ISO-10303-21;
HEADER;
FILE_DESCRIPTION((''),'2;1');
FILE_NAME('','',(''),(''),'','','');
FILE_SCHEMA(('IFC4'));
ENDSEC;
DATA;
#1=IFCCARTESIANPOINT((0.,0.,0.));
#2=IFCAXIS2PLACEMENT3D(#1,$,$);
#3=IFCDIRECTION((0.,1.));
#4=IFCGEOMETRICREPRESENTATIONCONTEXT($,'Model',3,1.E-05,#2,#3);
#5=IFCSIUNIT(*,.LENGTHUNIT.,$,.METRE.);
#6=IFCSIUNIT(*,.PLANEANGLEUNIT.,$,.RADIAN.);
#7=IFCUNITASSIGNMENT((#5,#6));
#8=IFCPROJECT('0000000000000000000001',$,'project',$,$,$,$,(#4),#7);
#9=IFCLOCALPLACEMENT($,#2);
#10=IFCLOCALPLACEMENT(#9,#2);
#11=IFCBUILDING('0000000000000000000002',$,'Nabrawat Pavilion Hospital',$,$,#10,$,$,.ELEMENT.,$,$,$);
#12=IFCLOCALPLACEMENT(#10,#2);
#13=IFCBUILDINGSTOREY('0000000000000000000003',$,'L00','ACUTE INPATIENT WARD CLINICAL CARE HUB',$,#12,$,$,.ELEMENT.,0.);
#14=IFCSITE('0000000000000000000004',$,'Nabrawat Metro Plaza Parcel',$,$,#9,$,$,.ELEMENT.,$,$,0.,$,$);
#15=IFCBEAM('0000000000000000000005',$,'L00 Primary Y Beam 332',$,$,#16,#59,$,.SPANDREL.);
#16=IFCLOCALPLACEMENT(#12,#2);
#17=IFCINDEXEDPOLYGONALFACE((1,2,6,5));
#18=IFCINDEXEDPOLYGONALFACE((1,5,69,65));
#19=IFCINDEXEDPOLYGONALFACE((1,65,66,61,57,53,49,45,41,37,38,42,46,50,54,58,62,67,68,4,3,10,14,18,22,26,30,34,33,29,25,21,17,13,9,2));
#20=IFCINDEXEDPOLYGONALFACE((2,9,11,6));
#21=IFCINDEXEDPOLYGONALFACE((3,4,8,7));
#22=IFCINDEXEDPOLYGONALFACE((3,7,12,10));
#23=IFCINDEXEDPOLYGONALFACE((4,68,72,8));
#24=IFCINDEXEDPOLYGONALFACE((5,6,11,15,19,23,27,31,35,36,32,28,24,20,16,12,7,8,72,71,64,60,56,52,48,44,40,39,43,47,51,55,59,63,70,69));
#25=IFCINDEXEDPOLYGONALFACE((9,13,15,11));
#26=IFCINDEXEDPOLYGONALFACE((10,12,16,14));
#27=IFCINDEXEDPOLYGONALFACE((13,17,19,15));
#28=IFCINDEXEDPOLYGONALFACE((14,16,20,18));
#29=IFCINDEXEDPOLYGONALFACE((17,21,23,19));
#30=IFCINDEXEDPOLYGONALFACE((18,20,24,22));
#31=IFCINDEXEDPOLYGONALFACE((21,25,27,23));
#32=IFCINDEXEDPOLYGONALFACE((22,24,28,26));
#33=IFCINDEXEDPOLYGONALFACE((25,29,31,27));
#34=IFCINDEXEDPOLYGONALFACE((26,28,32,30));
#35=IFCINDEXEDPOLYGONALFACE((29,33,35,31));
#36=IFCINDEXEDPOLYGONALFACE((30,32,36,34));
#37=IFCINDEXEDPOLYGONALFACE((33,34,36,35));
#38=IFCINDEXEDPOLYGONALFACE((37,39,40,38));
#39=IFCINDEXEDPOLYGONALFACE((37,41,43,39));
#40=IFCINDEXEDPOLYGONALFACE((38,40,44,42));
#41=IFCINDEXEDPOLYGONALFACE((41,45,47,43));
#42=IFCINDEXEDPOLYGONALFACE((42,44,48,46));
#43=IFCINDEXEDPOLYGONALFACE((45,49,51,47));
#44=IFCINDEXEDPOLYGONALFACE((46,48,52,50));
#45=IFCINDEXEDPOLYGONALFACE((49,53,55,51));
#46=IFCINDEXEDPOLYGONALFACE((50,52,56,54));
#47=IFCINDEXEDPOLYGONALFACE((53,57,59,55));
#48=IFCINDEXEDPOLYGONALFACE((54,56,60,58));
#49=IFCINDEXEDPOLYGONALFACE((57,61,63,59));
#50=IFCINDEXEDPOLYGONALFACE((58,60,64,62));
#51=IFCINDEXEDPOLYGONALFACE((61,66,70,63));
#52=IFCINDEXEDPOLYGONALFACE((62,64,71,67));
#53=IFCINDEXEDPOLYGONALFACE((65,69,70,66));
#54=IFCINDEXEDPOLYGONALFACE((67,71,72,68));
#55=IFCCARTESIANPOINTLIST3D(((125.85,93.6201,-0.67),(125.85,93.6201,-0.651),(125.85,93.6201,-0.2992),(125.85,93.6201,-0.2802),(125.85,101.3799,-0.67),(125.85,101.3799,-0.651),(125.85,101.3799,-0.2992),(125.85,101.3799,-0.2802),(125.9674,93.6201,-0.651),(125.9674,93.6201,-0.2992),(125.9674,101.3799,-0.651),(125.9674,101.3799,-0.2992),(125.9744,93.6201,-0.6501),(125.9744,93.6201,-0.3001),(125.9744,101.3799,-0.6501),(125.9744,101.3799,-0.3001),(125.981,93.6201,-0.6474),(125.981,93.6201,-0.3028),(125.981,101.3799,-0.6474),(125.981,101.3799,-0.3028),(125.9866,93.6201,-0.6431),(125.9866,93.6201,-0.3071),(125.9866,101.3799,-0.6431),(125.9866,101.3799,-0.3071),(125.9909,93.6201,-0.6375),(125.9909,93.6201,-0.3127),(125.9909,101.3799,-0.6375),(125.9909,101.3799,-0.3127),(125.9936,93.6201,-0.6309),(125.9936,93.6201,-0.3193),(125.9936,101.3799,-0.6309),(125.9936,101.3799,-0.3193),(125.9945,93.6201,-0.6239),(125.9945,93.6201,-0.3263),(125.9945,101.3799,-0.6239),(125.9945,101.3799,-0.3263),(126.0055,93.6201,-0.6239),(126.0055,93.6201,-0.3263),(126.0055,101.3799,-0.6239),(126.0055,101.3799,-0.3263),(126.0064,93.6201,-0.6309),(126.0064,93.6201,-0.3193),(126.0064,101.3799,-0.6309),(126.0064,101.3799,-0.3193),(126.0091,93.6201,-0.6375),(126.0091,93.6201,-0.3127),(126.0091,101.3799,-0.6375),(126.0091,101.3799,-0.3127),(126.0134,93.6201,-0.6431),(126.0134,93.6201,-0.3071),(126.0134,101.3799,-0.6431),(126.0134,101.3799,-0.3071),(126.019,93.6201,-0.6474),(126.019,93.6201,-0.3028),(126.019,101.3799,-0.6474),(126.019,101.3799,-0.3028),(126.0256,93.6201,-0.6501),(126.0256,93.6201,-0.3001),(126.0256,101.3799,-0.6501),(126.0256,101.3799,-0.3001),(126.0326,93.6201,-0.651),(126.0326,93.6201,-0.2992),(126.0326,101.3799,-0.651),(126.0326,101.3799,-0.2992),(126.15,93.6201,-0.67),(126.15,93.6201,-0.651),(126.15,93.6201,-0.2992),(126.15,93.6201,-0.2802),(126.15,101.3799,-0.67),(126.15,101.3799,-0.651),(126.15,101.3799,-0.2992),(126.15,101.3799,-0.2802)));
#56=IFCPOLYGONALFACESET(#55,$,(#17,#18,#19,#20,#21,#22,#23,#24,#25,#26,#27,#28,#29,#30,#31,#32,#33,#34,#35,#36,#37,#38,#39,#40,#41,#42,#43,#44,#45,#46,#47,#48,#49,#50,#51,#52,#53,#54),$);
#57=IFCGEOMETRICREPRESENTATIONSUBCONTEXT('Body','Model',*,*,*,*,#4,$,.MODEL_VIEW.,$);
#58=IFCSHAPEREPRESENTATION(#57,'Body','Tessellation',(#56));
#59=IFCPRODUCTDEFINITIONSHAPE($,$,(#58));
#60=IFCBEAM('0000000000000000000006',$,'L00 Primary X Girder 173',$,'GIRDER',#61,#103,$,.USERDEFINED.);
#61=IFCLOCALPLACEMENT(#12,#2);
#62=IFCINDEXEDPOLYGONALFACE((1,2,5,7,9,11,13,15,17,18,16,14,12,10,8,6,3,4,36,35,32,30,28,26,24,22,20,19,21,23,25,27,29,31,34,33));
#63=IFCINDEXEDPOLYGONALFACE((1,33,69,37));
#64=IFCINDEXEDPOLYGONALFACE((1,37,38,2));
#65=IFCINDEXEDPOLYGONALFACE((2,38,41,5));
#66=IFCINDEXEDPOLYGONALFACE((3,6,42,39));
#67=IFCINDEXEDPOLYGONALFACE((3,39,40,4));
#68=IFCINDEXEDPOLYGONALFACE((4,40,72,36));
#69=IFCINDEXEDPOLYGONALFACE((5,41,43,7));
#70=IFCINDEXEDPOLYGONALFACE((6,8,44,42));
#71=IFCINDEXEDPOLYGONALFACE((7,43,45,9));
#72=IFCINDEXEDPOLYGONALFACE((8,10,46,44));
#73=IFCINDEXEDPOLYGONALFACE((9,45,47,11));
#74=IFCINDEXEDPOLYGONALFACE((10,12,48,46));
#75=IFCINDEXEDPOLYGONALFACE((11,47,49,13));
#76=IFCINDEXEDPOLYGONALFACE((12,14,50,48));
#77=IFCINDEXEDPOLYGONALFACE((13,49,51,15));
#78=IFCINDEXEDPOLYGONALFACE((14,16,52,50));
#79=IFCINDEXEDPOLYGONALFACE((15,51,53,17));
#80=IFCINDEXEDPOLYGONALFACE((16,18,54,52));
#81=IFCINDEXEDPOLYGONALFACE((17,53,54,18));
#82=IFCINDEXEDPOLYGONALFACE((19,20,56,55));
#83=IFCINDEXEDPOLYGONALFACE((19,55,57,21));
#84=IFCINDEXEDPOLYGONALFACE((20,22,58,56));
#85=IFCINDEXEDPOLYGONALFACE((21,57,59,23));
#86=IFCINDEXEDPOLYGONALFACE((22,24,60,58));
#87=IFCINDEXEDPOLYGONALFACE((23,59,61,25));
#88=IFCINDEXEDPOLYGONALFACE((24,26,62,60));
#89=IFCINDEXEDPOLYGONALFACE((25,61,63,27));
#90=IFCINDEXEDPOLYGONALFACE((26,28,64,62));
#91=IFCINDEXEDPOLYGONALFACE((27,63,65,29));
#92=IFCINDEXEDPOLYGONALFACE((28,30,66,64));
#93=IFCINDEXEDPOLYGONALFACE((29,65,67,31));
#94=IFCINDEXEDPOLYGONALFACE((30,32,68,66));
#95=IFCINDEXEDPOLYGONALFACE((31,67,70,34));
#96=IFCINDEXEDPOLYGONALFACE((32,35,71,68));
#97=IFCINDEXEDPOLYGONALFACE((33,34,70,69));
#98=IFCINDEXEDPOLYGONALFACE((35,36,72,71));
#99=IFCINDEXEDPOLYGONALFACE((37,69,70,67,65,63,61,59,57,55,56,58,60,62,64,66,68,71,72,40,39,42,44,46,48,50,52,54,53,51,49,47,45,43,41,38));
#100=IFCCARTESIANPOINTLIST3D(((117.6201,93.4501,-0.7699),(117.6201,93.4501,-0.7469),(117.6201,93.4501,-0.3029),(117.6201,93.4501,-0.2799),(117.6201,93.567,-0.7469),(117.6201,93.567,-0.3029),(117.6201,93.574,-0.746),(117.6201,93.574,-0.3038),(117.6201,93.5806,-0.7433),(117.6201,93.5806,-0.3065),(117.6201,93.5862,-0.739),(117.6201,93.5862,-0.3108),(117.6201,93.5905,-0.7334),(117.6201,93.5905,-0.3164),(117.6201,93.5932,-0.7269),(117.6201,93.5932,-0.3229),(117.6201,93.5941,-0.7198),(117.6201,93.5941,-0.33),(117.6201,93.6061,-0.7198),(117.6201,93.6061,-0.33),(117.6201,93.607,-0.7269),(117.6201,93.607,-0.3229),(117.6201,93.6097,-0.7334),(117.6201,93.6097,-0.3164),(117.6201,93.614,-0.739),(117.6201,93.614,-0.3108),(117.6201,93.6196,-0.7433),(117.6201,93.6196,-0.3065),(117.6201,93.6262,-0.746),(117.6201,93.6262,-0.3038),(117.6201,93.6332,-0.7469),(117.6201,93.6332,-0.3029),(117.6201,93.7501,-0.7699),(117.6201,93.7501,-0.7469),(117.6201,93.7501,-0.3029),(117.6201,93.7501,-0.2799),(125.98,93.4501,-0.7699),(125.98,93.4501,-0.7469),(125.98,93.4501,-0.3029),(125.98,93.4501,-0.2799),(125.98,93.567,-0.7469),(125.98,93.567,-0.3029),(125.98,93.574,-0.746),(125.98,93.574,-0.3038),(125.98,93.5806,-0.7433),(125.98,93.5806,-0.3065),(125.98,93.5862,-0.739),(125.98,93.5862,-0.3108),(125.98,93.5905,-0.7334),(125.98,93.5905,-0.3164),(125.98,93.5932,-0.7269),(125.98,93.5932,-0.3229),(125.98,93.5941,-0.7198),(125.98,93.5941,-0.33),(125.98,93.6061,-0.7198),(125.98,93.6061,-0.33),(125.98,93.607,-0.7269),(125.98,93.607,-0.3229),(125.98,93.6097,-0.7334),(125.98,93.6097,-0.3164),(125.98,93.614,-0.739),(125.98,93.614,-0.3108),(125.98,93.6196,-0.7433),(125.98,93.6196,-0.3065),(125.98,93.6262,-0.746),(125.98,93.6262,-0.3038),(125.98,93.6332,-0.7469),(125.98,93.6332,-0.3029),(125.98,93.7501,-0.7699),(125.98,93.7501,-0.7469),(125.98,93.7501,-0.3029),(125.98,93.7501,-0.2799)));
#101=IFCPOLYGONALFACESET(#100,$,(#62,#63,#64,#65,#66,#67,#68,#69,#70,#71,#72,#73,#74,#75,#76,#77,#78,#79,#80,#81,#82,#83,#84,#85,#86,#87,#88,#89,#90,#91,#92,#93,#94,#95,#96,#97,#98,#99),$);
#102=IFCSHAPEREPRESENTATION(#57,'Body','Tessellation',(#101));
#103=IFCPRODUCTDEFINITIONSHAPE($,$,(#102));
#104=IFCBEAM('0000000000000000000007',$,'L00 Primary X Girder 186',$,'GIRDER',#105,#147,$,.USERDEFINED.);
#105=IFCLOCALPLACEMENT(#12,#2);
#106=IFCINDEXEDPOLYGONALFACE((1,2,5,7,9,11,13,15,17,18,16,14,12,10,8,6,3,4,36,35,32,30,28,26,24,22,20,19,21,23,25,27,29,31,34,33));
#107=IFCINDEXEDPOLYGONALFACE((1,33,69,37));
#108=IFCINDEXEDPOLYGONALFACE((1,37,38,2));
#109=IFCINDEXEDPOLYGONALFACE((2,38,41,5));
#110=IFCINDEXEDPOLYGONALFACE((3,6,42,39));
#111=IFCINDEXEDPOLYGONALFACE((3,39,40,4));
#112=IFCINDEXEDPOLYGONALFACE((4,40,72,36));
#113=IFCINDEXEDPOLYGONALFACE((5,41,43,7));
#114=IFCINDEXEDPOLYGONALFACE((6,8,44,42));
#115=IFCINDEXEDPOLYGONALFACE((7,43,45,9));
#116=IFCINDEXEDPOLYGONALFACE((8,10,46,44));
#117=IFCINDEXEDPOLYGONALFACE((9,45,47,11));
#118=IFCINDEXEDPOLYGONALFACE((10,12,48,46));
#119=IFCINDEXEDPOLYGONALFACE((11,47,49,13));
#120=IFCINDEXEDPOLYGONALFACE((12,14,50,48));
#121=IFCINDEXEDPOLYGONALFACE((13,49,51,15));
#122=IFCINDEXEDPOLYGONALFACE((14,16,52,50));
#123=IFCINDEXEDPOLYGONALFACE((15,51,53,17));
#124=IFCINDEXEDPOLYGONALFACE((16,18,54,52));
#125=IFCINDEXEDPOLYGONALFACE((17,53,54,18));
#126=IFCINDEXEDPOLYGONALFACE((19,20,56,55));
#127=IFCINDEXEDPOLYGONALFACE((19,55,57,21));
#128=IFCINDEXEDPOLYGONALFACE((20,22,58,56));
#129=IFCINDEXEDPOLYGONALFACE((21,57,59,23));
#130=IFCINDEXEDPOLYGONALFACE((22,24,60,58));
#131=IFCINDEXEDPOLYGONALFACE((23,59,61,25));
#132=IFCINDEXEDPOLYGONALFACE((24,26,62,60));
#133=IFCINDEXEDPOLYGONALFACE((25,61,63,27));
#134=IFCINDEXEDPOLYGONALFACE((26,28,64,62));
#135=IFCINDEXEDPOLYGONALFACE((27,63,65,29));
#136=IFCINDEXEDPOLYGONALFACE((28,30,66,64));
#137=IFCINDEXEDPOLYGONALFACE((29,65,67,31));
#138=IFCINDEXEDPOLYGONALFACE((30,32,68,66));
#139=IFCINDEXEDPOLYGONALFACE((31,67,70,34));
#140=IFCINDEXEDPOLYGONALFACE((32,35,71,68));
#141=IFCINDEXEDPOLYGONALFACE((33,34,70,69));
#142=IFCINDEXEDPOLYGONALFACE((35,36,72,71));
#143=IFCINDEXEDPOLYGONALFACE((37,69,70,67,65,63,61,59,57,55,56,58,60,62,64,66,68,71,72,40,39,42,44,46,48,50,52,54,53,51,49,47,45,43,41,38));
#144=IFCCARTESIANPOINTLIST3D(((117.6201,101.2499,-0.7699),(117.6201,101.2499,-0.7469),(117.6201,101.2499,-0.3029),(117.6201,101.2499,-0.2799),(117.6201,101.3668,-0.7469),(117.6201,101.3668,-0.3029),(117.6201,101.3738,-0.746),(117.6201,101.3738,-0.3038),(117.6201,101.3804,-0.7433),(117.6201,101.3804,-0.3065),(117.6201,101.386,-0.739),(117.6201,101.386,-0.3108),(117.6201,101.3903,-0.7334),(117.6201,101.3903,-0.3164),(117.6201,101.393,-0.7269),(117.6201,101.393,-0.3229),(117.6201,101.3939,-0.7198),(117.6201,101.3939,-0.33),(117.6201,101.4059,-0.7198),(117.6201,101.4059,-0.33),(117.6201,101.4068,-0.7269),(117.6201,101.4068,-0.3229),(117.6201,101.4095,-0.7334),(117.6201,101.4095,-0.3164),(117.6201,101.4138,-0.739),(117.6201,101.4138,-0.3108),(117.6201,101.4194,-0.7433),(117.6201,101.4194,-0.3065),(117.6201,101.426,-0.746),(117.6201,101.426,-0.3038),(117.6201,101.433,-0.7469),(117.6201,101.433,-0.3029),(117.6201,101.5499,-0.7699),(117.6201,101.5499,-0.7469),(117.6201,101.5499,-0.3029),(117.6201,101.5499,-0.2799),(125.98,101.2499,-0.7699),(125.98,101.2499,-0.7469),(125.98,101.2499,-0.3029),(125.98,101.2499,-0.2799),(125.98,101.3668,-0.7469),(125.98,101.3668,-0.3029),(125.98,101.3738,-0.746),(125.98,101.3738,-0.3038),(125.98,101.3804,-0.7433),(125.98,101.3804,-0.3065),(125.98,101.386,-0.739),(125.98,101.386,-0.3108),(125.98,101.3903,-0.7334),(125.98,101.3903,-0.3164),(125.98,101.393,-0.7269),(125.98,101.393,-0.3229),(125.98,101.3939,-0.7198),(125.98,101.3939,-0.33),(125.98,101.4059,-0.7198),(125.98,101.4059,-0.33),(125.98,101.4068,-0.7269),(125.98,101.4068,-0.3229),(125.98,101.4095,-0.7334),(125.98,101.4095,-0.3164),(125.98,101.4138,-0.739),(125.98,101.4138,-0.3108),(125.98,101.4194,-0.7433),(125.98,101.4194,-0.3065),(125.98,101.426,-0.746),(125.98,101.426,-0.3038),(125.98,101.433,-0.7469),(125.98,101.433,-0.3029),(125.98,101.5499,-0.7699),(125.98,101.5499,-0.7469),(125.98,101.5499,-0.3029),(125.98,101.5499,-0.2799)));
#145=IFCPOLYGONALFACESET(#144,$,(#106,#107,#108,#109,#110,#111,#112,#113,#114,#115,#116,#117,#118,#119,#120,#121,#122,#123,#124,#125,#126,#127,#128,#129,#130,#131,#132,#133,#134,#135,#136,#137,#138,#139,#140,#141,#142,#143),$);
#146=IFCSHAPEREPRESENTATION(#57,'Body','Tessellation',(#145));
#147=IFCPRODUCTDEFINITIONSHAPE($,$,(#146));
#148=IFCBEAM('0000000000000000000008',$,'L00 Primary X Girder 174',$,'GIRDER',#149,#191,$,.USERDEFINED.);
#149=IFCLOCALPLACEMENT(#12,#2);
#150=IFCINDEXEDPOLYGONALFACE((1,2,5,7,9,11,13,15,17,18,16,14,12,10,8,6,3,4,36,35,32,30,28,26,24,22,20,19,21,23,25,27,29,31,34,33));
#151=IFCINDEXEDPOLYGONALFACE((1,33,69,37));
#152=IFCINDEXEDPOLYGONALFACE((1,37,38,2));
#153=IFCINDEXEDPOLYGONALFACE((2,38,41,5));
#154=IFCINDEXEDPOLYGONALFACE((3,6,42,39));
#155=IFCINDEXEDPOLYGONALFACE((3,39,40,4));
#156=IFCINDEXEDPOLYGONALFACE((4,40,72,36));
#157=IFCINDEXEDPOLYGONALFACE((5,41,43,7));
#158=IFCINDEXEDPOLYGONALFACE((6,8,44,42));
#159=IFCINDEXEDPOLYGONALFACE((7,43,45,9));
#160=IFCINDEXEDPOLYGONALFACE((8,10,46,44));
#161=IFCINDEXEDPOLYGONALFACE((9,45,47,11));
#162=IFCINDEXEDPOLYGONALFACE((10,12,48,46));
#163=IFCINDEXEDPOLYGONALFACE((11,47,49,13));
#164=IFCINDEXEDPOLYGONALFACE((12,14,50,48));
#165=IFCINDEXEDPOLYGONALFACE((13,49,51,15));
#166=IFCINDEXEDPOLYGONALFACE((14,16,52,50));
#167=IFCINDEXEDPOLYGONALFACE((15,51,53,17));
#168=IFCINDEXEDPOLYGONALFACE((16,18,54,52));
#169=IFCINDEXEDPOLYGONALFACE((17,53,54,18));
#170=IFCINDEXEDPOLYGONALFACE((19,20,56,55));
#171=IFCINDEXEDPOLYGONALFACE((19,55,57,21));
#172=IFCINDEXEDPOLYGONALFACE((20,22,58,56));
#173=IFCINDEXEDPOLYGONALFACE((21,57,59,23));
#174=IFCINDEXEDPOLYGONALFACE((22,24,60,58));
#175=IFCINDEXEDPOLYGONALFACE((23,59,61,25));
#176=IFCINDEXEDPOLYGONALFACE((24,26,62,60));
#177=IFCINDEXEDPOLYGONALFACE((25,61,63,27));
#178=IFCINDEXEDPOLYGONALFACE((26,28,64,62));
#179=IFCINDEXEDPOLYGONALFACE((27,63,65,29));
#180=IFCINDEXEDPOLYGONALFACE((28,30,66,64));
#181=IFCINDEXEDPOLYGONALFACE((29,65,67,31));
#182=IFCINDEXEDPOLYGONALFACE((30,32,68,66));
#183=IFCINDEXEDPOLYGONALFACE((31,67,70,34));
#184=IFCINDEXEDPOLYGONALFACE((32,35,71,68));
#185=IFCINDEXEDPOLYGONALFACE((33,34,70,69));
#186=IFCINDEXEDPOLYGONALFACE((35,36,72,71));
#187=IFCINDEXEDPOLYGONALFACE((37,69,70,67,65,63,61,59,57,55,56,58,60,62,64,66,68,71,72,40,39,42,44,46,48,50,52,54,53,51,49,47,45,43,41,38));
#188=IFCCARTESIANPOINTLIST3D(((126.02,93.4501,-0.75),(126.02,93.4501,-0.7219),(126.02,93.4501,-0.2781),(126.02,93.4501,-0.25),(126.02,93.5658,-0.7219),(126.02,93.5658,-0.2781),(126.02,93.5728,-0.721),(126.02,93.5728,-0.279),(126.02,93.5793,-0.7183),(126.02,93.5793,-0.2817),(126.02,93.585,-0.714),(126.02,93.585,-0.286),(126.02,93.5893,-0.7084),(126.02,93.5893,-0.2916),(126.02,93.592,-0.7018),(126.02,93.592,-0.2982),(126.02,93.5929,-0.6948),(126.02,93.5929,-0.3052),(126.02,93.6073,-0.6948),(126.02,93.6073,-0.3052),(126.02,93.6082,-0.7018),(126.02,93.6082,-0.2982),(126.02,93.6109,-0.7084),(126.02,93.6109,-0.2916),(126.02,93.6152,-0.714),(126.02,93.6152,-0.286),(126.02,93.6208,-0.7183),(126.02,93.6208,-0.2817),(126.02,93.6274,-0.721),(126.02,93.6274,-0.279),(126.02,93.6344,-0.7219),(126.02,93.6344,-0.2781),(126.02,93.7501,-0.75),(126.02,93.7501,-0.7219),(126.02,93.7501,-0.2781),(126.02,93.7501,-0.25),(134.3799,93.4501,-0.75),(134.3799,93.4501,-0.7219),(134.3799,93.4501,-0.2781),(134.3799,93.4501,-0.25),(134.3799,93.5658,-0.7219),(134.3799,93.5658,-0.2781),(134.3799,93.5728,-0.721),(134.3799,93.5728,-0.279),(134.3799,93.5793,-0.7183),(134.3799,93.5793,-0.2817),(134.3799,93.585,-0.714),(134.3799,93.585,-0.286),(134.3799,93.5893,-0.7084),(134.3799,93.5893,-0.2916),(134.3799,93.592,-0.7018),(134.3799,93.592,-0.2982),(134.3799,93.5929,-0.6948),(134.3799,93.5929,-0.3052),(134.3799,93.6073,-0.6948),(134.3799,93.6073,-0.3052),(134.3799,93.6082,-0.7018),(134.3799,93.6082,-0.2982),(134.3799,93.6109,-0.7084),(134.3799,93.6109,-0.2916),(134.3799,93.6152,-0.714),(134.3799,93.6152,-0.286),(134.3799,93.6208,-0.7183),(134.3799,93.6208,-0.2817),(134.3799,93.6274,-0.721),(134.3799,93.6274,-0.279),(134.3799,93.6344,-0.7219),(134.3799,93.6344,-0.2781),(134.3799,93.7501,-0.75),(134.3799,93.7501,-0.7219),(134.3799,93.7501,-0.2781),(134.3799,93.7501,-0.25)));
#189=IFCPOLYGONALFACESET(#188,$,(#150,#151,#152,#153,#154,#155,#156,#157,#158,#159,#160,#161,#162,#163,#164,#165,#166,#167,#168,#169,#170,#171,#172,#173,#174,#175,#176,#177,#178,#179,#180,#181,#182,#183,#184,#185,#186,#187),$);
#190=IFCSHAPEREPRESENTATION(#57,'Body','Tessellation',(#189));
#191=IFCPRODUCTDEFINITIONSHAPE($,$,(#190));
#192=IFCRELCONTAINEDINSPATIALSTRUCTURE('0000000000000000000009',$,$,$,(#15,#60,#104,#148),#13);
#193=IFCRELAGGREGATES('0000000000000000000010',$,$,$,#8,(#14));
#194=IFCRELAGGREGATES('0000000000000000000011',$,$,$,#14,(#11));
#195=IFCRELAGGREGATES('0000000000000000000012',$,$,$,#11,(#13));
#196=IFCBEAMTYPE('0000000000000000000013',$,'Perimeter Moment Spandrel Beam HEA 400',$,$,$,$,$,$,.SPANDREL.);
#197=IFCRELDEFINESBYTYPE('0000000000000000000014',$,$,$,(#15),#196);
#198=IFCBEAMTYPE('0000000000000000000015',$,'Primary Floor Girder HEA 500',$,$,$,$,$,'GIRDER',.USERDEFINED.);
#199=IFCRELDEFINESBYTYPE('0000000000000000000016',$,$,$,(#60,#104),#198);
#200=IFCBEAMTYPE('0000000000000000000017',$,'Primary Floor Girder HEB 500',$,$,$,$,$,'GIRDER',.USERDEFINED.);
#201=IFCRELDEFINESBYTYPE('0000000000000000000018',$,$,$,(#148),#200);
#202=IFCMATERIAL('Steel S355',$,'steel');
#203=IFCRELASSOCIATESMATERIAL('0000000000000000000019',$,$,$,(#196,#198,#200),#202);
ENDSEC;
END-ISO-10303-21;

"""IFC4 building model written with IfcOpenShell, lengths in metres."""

from ifc_helpers import new_model, si_unit, direction, frame, origin, origin_2d, place, context, subcontext, project, spatial, i_section, extrude, material, material_profile, profile_set, type_object, element, save


model = new_model("IFC4")

# Units and contexts
model_context = context("Model", 3, precision=1e-05, world=origin(), true_north=direction((0.0, 1.0)))
body_context = subcontext(model_context, "Body", "Model", "MODEL_VIEW")
ifc_project = project(units=[si_unit("LENGTHUNIT", "METRE"), si_unit("PLANEANGLEUNIT", "RADIAN")], contexts=[model_context])

# Site, building, storey
site_placement = place(None, origin())
site = spatial("IfcSite", under=ifc_project, at=site_placement, Name="Nabrawat Metro Plaza Parcel", CompositionType="ELEMENT", RefElevation=0.0)
building_placement = place(site_placement, origin())
building = spatial("IfcBuilding", under=site, at=building_placement, Name="Nabrawat Pavilion Hospital", CompositionType="ELEMENT")
storey_placement = place(building_placement, origin())
storey = spatial("IfcBuildingStorey", under=building, at=storey_placement, Name="L00", Description="ACUTE INPATIENT WARD CLINICAL CARE HUB", CompositionType="ELEMENT", Elevation=0.0)

# Shared definitions
ifc_material_1 = material(Name="Steel S355", Category="steel")

# Beams
ifc_material_profile_1 = material_profile(ifc_material_1, i_section(OverallWidth=0.3, OverallDepth=0.3899, WebThickness=0.011, FlangeThickness=0.019, FilletRadius=0.0271, at=origin_2d()), Name="HEA 400")
ifc_profile_set_1 = profile_set([ifc_material_profile_1], Name="Steel S355")
beam_type_1 = type_object("IfcBeamType", Name="Perimeter Moment Spandrel Beam HEA 400", PredefinedType="SPANDREL", material=ifc_profile_set_1)
beam_1_placement = place(storey_placement, frame((126.0, 93.6201, -0.4751), z_axis=(0.0, 1.0, 0.0), x_axis=(-1.0, 0.0, 0.0)))
element("IfcBeam", 1, at=beam_1_placement, inside=storey, type_object=beam_type_1, Name="L00 Primary Y Beam 332", PredefinedType="SPANDREL", context=body_context, shape_type="SweptSolid", body=[
    extrude(i_section(OverallWidth=0.3, OverallDepth=0.3899, WebThickness=0.011, FlangeThickness=0.019, FilletRadius=0.0271, at=origin_2d()), origin(), (0.0, 0.0, 1.0), 7.7598),
])
ifc_material_profile_2 = material_profile(ifc_material_1, i_section(OverallWidth=0.3, OverallDepth=0.49, WebThickness=0.012, FlangeThickness=0.0229, FilletRadius=0.0271, at=origin_2d()), Name="HEA 500")
ifc_profile_set_2 = profile_set([ifc_material_profile_2], Name="Steel S355")
beam_type_2 = type_object("IfcBeamType", Name="Primary Floor Girder HEA 500", ElementType="GIRDER", PredefinedType="USERDEFINED", material=ifc_profile_set_2)
for number, where, z_axis, x_axis, name in (
    (2, (117.6201, 93.6001, -0.5249), (1.0, 0.0, 0.0), (0.0, 1.0, 0.0), "L00 Primary X Girder 173"),
    (3, (117.6201, 101.3999, -0.5249), (1.0, 0.0, 0.0), (0.0, 1.0, 0.0), "L00 Primary X Girder 186"),
):
    element("IfcBeam", number, at=place(storey_placement, frame(where, z_axis=z_axis, x_axis=x_axis)), inside=storey, type_object=beam_type_2, Name=name, ObjectType="GIRDER", PredefinedType="USERDEFINED", context=body_context, shape_type="SweptSolid", body=[
        extrude(i_section(OverallWidth=0.3, OverallDepth=0.49, WebThickness=0.012, FlangeThickness=0.0229, FilletRadius=0.0271, at=origin_2d()), origin(), (0.0, 0.0, 1.0), 8.3599),
    ])
ifc_material_profile_3 = material_profile(ifc_material_1, i_section(OverallWidth=0.3, OverallDepth=0.5, WebThickness=0.0144, FlangeThickness=0.0281, FilletRadius=0.0271, at=origin_2d()), Name="HEB 500")
ifc_profile_set_3 = profile_set([ifc_material_profile_3], Name="Steel S355")
beam_type_3 = type_object("IfcBeamType", Name="Primary Floor Girder HEB 500", ElementType="GIRDER", PredefinedType="USERDEFINED", material=ifc_profile_set_3)
beam_2_placement = place(storey_placement, frame((126.02, 93.6001, -0.5), z_axis=(1.0, 0.0, 0.0), x_axis=(0.0, 1.0, 0.0)))
element("IfcBeam", 4, at=beam_2_placement, inside=storey, type_object=beam_type_3, Name="L00 Primary X Girder 174", ObjectType="GIRDER", PredefinedType="USERDEFINED", context=body_context, shape_type="SweptSolid", body=[
    extrude(i_section(OverallWidth=0.3, OverallDepth=0.5, WebThickness=0.0144, FlangeThickness=0.0281, FilletRadius=0.0271, at=origin_2d()), origin(), (0.0, 0.0, 1.0), 8.3599),
])

save(model, "model.ifc")
